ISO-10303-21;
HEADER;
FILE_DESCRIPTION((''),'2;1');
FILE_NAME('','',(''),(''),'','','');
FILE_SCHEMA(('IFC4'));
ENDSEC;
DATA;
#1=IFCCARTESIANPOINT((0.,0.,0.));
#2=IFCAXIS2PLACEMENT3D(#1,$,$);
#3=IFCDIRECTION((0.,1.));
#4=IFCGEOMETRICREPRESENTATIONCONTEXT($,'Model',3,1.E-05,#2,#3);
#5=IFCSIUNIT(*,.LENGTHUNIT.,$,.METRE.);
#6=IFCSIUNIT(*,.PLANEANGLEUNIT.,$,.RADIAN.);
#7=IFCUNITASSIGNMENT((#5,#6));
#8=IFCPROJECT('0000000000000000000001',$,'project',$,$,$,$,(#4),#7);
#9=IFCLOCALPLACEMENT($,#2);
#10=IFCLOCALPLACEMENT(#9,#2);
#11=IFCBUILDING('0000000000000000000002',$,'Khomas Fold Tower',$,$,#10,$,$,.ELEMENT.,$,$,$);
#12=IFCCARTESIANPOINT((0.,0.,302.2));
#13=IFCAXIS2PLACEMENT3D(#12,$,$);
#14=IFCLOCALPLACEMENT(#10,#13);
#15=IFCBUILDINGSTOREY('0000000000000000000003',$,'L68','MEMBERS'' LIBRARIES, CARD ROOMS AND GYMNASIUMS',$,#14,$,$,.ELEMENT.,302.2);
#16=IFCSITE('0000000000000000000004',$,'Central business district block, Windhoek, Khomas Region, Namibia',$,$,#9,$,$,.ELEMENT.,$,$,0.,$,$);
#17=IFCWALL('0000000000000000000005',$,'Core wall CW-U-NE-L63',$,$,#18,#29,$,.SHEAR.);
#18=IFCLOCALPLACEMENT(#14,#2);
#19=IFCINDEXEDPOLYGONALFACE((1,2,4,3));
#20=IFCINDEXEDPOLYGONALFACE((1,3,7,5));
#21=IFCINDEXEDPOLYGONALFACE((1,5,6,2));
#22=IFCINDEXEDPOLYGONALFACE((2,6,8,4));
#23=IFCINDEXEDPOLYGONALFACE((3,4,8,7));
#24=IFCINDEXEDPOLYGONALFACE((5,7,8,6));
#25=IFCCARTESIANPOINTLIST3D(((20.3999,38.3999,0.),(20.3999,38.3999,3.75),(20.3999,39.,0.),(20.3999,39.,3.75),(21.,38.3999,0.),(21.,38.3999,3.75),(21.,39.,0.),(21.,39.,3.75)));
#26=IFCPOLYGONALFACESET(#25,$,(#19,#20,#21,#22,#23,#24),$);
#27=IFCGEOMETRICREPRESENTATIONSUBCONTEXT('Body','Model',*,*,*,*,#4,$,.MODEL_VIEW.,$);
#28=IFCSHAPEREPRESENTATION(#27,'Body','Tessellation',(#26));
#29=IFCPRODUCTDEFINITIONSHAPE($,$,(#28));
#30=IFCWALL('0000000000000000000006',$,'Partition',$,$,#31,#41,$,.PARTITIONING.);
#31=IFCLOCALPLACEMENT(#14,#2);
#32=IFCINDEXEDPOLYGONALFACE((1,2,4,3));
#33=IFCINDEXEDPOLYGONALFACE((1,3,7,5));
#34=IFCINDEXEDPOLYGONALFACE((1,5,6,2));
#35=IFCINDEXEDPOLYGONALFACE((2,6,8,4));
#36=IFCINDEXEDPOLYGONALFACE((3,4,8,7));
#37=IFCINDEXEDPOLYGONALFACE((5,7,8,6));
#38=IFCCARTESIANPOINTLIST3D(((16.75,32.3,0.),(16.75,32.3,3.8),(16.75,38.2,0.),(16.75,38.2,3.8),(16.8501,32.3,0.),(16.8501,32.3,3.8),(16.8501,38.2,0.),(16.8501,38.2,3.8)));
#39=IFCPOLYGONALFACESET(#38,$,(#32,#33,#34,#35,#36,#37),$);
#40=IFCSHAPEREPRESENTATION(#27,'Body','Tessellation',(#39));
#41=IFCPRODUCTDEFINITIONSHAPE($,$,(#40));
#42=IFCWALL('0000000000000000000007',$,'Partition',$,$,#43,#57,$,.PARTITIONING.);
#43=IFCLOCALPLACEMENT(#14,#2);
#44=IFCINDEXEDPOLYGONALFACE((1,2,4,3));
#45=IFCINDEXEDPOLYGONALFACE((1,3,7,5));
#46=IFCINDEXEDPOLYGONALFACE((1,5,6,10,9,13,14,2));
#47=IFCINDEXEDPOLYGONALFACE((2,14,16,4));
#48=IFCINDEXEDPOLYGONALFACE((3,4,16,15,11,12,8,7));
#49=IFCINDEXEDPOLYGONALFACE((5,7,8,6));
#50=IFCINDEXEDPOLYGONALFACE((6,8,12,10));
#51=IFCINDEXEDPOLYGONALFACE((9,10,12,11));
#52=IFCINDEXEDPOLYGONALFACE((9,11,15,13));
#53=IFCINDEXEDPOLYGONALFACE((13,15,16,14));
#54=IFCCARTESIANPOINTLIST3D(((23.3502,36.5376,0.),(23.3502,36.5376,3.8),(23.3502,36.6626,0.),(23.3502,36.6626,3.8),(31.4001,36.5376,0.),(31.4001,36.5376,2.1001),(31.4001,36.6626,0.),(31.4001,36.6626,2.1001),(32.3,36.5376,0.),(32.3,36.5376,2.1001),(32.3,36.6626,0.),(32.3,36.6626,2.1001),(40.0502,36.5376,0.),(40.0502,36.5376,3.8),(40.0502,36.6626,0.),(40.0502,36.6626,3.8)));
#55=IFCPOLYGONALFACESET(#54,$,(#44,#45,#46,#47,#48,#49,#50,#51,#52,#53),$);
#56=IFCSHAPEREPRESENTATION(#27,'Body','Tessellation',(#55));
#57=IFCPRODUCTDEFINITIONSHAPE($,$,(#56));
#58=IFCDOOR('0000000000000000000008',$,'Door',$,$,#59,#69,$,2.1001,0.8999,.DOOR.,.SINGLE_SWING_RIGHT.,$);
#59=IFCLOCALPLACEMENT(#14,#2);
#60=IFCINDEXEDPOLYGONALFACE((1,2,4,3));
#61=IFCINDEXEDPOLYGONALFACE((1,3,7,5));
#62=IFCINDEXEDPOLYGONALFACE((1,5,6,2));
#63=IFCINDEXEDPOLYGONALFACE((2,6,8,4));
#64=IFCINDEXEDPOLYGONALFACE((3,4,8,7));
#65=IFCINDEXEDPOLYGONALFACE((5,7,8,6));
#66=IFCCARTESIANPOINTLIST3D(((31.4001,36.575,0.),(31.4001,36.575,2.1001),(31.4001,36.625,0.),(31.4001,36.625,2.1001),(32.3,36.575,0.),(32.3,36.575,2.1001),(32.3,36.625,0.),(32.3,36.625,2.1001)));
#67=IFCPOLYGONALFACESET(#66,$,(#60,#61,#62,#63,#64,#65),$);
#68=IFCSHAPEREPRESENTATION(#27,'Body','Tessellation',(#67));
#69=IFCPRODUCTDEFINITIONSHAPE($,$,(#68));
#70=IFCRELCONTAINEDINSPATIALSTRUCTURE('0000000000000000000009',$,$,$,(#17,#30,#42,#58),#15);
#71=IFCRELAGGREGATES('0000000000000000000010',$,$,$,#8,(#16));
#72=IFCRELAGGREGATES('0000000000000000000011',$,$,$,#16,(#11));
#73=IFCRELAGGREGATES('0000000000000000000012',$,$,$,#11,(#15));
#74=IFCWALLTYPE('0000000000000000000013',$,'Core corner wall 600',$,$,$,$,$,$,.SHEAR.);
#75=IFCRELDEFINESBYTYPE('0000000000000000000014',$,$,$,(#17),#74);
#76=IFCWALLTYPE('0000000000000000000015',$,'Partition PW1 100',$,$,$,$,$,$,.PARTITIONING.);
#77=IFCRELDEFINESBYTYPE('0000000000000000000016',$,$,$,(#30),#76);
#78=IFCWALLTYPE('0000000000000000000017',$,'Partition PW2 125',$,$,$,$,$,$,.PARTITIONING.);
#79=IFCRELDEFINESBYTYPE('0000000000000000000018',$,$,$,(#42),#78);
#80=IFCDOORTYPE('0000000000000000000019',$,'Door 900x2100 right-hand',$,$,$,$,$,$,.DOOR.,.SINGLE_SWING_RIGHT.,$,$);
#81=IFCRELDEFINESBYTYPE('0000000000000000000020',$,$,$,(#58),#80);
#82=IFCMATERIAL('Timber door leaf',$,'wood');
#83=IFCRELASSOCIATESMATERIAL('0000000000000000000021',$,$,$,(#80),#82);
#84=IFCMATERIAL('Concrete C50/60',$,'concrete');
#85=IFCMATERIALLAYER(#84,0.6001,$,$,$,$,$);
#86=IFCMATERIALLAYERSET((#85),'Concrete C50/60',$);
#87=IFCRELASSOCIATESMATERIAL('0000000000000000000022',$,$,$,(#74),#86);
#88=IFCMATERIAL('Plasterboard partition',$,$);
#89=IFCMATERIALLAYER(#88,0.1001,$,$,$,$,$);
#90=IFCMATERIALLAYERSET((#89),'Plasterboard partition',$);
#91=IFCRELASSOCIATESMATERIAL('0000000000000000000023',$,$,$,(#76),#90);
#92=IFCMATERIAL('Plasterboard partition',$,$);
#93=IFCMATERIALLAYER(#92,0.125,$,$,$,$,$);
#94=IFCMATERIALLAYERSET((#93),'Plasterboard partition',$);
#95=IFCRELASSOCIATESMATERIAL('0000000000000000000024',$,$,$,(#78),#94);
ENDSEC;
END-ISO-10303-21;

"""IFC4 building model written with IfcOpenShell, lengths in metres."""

from ifc_helpers import new_model, si_unit, direction, frame, frame_2d, origin, place, context, subcontext, project, spatial, rectangle, extrude, source, transform, mapped, material, layer, layer_set, type_object, element, fill, save


model = new_model("IFC4")

# Units and contexts
model_context = context("Model", 3, precision=1e-05, world=origin(), true_north=direction((0.0, 1.0)))
body_context = subcontext(model_context, "Body", "Model", "MODEL_VIEW")
ifc_project = project(units=[si_unit("LENGTHUNIT", "METRE"), si_unit("PLANEANGLEUNIT", "RADIAN")], contexts=[model_context])

# Site, building, storey
site_placement = place(None, origin())
site = spatial("IfcSite", under=ifc_project, at=site_placement, Name="Central business district block, Windhoek, Khomas Region, Namibia", CompositionType="ELEMENT", RefElevation=0.0)
building_placement = place(site_placement, origin())
building = spatial("IfcBuilding", under=site, at=building_placement, Name="Khomas Fold Tower", CompositionType="ELEMENT")
storey_placement = place(building_placement, frame((0.0, 0.0, 302.2)))
storey = spatial("IfcBuildingStorey", under=building, at=storey_placement, Name="L68", Description="MEMBERS' LIBRARIES, CARD ROOMS AND GYMNASIUMS", CompositionType="ELEMENT", Elevation=302.2)

# Shared definitions
ifc_material_1 = material(Name="Timber door leaf", Category="wood")
door_type = type_object("IfcDoorType", Name="Door 900x2100 right-hand", OperationType="SINGLE_SWING_RIGHT", PredefinedType="DOOR", material=ifc_material_1)

# Walls
ifc_material_2 = material(Name="Concrete C50/60", Category="concrete")
ifc_layer_1 = layer(ifc_material_2, 0.6001)
ifc_layer_set_1 = layer_set([ifc_layer_1], Name="Concrete C50/60")
wall_type_1 = type_object("IfcWallType", Name="Core corner wall 600", PredefinedType="SHEAR", material=ifc_layer_set_1)
shared_shape_1 = source(origin(), body_context, "Body", "SweptSolid", [
    extrude(rectangle(XDim=0.6001, YDim=0.6001, at=frame_2d((0.3, 0.0))), origin(), (0.0, 0.0, 1.0), 3.75),
])
wall_1_placement = place(storey_placement, frame((20.3999, 38.7, 0.0), z_axis=(0.0, 0.0, 1.0), x_axis=(1.0, 0.0, 0.0)))
element("IfcWall", 1, at=wall_1_placement, inside=storey, type_object=wall_type_1, Name="Core wall CW-U-NE-L63", PredefinedType="SHEAR", context=body_context, shape_type="MappedRepresentation", body=[
    mapped(shared_shape_1, transform((0.0, 0.0, 0.0))),
])
ifc_material_3 = material(Name="Plasterboard partition")
ifc_layer_2 = layer(ifc_material_3, 0.1001)
ifc_layer_set_2 = layer_set([ifc_layer_2], Name="Plasterboard partition")
wall_type_2 = type_object("IfcWallType", Name="Partition PW1 100", PredefinedType="PARTITIONING", material=ifc_layer_set_2)
shared_shape_2 = source(origin(), body_context, "Body", "SweptSolid", [
    extrude(rectangle(XDim=5.8999, YDim=0.1001, at=frame_2d((2.95, 0.0))), origin(), (0.0, 0.0, 1.0), 3.8),
])
wall_2_placement = place(storey_placement, frame((16.8, 32.3, 0.0), z_axis=(0.0, 0.0, 1.0), x_axis=(0.0, 1.0, 0.0)))
element("IfcWall", 2, at=wall_2_placement, inside=storey, type_object=wall_type_2, Name="Partition", PredefinedType="PARTITIONING", context=body_context, shape_type="MappedRepresentation", body=[
    mapped(shared_shape_2, transform((0.0, 0.0, 0.0))),
])

# Wall, opening, door
ifc_material_4 = material(Name="Plasterboard partition")
ifc_layer_3 = layer(ifc_material_4, 0.125)
ifc_layer_set_3 = layer_set([ifc_layer_3], Name="Plasterboard partition")
wall_type_3 = type_object("IfcWallType", Name="Partition PW2 125", PredefinedType="PARTITIONING", material=ifc_layer_set_3)
shared_shape_3 = source(origin(), body_context, "Body", "SweptSolid", [
    extrude(rectangle(XDim=16.7, YDim=0.125, at=frame_2d((8.3501, 0.0))), origin(), (0.0, 0.0, 1.0), 3.8),
])
wall_3_placement = place(storey_placement, frame((23.3501, 36.6001, 0.0), z_axis=(0.0, 0.0, 1.0), x_axis=(1.0, 0.0, 0.0)))
wall_3 = element("IfcWall", 3, at=wall_3_placement, inside=storey, type_object=wall_type_3, Name="Partition", PredefinedType="PARTITIONING", context=body_context, shape_type="MappedRepresentation", body=[
    mapped(shared_shape_3, transform((0.0, 0.0, 0.0))),
])
shared_shape_4 = source(origin(), body_context, "Body", "SweptSolid", [
    extrude(rectangle(XDim=0.8999, YDim=2.1001, at=frame_2d((0.45, 1.05))), frame((0.0, 0.0725, 0.0), z_axis=(0.0, -1.0, 0.0), x_axis=(1.0, 0.0, 0.0)), (0.0, 0.0, 1.0), 0.145),
])
opening_1_placement = place(wall_3_placement, frame((8.05, 0.0, 0.0)))
opening_1 = element("IfcOpeningElement", 4, at=opening_1_placement, cuts=wall_3, PredefinedType="OPENING", context=body_context, shape_type="MappedRepresentation", body=[
    mapped(shared_shape_4, transform((0.0, 0.0, 0.0))),
])
shared_shape_5 = source(origin(), body_context, "Body", "SweptSolid", [
    extrude(rectangle(XDim=0.8999, YDim=2.1001, at=frame_2d((0.45, 1.05))), frame((0.0, 0.0249, 0.0), z_axis=(0.0, -1.0, 0.0), x_axis=(1.0, 0.0, 0.0)), (0.0, 0.0, 1.0), 0.05),
])
door_1_placement = place(opening_1_placement, origin())
door_1 = element("IfcDoor", 5, at=door_1_placement, inside=storey, type_object=door_type, Name="Door", OperationType="SINGLE_SWING_RIGHT", OverallHeight=2.1001, OverallWidth=0.8999, PredefinedType="DOOR", context=body_context, shape_type="MappedRepresentation", body=[
    mapped(shared_shape_5, transform((0.0, 0.0, 0.0))),
])
fill(opening_1, door_1)

save(model, "model.ifc")
